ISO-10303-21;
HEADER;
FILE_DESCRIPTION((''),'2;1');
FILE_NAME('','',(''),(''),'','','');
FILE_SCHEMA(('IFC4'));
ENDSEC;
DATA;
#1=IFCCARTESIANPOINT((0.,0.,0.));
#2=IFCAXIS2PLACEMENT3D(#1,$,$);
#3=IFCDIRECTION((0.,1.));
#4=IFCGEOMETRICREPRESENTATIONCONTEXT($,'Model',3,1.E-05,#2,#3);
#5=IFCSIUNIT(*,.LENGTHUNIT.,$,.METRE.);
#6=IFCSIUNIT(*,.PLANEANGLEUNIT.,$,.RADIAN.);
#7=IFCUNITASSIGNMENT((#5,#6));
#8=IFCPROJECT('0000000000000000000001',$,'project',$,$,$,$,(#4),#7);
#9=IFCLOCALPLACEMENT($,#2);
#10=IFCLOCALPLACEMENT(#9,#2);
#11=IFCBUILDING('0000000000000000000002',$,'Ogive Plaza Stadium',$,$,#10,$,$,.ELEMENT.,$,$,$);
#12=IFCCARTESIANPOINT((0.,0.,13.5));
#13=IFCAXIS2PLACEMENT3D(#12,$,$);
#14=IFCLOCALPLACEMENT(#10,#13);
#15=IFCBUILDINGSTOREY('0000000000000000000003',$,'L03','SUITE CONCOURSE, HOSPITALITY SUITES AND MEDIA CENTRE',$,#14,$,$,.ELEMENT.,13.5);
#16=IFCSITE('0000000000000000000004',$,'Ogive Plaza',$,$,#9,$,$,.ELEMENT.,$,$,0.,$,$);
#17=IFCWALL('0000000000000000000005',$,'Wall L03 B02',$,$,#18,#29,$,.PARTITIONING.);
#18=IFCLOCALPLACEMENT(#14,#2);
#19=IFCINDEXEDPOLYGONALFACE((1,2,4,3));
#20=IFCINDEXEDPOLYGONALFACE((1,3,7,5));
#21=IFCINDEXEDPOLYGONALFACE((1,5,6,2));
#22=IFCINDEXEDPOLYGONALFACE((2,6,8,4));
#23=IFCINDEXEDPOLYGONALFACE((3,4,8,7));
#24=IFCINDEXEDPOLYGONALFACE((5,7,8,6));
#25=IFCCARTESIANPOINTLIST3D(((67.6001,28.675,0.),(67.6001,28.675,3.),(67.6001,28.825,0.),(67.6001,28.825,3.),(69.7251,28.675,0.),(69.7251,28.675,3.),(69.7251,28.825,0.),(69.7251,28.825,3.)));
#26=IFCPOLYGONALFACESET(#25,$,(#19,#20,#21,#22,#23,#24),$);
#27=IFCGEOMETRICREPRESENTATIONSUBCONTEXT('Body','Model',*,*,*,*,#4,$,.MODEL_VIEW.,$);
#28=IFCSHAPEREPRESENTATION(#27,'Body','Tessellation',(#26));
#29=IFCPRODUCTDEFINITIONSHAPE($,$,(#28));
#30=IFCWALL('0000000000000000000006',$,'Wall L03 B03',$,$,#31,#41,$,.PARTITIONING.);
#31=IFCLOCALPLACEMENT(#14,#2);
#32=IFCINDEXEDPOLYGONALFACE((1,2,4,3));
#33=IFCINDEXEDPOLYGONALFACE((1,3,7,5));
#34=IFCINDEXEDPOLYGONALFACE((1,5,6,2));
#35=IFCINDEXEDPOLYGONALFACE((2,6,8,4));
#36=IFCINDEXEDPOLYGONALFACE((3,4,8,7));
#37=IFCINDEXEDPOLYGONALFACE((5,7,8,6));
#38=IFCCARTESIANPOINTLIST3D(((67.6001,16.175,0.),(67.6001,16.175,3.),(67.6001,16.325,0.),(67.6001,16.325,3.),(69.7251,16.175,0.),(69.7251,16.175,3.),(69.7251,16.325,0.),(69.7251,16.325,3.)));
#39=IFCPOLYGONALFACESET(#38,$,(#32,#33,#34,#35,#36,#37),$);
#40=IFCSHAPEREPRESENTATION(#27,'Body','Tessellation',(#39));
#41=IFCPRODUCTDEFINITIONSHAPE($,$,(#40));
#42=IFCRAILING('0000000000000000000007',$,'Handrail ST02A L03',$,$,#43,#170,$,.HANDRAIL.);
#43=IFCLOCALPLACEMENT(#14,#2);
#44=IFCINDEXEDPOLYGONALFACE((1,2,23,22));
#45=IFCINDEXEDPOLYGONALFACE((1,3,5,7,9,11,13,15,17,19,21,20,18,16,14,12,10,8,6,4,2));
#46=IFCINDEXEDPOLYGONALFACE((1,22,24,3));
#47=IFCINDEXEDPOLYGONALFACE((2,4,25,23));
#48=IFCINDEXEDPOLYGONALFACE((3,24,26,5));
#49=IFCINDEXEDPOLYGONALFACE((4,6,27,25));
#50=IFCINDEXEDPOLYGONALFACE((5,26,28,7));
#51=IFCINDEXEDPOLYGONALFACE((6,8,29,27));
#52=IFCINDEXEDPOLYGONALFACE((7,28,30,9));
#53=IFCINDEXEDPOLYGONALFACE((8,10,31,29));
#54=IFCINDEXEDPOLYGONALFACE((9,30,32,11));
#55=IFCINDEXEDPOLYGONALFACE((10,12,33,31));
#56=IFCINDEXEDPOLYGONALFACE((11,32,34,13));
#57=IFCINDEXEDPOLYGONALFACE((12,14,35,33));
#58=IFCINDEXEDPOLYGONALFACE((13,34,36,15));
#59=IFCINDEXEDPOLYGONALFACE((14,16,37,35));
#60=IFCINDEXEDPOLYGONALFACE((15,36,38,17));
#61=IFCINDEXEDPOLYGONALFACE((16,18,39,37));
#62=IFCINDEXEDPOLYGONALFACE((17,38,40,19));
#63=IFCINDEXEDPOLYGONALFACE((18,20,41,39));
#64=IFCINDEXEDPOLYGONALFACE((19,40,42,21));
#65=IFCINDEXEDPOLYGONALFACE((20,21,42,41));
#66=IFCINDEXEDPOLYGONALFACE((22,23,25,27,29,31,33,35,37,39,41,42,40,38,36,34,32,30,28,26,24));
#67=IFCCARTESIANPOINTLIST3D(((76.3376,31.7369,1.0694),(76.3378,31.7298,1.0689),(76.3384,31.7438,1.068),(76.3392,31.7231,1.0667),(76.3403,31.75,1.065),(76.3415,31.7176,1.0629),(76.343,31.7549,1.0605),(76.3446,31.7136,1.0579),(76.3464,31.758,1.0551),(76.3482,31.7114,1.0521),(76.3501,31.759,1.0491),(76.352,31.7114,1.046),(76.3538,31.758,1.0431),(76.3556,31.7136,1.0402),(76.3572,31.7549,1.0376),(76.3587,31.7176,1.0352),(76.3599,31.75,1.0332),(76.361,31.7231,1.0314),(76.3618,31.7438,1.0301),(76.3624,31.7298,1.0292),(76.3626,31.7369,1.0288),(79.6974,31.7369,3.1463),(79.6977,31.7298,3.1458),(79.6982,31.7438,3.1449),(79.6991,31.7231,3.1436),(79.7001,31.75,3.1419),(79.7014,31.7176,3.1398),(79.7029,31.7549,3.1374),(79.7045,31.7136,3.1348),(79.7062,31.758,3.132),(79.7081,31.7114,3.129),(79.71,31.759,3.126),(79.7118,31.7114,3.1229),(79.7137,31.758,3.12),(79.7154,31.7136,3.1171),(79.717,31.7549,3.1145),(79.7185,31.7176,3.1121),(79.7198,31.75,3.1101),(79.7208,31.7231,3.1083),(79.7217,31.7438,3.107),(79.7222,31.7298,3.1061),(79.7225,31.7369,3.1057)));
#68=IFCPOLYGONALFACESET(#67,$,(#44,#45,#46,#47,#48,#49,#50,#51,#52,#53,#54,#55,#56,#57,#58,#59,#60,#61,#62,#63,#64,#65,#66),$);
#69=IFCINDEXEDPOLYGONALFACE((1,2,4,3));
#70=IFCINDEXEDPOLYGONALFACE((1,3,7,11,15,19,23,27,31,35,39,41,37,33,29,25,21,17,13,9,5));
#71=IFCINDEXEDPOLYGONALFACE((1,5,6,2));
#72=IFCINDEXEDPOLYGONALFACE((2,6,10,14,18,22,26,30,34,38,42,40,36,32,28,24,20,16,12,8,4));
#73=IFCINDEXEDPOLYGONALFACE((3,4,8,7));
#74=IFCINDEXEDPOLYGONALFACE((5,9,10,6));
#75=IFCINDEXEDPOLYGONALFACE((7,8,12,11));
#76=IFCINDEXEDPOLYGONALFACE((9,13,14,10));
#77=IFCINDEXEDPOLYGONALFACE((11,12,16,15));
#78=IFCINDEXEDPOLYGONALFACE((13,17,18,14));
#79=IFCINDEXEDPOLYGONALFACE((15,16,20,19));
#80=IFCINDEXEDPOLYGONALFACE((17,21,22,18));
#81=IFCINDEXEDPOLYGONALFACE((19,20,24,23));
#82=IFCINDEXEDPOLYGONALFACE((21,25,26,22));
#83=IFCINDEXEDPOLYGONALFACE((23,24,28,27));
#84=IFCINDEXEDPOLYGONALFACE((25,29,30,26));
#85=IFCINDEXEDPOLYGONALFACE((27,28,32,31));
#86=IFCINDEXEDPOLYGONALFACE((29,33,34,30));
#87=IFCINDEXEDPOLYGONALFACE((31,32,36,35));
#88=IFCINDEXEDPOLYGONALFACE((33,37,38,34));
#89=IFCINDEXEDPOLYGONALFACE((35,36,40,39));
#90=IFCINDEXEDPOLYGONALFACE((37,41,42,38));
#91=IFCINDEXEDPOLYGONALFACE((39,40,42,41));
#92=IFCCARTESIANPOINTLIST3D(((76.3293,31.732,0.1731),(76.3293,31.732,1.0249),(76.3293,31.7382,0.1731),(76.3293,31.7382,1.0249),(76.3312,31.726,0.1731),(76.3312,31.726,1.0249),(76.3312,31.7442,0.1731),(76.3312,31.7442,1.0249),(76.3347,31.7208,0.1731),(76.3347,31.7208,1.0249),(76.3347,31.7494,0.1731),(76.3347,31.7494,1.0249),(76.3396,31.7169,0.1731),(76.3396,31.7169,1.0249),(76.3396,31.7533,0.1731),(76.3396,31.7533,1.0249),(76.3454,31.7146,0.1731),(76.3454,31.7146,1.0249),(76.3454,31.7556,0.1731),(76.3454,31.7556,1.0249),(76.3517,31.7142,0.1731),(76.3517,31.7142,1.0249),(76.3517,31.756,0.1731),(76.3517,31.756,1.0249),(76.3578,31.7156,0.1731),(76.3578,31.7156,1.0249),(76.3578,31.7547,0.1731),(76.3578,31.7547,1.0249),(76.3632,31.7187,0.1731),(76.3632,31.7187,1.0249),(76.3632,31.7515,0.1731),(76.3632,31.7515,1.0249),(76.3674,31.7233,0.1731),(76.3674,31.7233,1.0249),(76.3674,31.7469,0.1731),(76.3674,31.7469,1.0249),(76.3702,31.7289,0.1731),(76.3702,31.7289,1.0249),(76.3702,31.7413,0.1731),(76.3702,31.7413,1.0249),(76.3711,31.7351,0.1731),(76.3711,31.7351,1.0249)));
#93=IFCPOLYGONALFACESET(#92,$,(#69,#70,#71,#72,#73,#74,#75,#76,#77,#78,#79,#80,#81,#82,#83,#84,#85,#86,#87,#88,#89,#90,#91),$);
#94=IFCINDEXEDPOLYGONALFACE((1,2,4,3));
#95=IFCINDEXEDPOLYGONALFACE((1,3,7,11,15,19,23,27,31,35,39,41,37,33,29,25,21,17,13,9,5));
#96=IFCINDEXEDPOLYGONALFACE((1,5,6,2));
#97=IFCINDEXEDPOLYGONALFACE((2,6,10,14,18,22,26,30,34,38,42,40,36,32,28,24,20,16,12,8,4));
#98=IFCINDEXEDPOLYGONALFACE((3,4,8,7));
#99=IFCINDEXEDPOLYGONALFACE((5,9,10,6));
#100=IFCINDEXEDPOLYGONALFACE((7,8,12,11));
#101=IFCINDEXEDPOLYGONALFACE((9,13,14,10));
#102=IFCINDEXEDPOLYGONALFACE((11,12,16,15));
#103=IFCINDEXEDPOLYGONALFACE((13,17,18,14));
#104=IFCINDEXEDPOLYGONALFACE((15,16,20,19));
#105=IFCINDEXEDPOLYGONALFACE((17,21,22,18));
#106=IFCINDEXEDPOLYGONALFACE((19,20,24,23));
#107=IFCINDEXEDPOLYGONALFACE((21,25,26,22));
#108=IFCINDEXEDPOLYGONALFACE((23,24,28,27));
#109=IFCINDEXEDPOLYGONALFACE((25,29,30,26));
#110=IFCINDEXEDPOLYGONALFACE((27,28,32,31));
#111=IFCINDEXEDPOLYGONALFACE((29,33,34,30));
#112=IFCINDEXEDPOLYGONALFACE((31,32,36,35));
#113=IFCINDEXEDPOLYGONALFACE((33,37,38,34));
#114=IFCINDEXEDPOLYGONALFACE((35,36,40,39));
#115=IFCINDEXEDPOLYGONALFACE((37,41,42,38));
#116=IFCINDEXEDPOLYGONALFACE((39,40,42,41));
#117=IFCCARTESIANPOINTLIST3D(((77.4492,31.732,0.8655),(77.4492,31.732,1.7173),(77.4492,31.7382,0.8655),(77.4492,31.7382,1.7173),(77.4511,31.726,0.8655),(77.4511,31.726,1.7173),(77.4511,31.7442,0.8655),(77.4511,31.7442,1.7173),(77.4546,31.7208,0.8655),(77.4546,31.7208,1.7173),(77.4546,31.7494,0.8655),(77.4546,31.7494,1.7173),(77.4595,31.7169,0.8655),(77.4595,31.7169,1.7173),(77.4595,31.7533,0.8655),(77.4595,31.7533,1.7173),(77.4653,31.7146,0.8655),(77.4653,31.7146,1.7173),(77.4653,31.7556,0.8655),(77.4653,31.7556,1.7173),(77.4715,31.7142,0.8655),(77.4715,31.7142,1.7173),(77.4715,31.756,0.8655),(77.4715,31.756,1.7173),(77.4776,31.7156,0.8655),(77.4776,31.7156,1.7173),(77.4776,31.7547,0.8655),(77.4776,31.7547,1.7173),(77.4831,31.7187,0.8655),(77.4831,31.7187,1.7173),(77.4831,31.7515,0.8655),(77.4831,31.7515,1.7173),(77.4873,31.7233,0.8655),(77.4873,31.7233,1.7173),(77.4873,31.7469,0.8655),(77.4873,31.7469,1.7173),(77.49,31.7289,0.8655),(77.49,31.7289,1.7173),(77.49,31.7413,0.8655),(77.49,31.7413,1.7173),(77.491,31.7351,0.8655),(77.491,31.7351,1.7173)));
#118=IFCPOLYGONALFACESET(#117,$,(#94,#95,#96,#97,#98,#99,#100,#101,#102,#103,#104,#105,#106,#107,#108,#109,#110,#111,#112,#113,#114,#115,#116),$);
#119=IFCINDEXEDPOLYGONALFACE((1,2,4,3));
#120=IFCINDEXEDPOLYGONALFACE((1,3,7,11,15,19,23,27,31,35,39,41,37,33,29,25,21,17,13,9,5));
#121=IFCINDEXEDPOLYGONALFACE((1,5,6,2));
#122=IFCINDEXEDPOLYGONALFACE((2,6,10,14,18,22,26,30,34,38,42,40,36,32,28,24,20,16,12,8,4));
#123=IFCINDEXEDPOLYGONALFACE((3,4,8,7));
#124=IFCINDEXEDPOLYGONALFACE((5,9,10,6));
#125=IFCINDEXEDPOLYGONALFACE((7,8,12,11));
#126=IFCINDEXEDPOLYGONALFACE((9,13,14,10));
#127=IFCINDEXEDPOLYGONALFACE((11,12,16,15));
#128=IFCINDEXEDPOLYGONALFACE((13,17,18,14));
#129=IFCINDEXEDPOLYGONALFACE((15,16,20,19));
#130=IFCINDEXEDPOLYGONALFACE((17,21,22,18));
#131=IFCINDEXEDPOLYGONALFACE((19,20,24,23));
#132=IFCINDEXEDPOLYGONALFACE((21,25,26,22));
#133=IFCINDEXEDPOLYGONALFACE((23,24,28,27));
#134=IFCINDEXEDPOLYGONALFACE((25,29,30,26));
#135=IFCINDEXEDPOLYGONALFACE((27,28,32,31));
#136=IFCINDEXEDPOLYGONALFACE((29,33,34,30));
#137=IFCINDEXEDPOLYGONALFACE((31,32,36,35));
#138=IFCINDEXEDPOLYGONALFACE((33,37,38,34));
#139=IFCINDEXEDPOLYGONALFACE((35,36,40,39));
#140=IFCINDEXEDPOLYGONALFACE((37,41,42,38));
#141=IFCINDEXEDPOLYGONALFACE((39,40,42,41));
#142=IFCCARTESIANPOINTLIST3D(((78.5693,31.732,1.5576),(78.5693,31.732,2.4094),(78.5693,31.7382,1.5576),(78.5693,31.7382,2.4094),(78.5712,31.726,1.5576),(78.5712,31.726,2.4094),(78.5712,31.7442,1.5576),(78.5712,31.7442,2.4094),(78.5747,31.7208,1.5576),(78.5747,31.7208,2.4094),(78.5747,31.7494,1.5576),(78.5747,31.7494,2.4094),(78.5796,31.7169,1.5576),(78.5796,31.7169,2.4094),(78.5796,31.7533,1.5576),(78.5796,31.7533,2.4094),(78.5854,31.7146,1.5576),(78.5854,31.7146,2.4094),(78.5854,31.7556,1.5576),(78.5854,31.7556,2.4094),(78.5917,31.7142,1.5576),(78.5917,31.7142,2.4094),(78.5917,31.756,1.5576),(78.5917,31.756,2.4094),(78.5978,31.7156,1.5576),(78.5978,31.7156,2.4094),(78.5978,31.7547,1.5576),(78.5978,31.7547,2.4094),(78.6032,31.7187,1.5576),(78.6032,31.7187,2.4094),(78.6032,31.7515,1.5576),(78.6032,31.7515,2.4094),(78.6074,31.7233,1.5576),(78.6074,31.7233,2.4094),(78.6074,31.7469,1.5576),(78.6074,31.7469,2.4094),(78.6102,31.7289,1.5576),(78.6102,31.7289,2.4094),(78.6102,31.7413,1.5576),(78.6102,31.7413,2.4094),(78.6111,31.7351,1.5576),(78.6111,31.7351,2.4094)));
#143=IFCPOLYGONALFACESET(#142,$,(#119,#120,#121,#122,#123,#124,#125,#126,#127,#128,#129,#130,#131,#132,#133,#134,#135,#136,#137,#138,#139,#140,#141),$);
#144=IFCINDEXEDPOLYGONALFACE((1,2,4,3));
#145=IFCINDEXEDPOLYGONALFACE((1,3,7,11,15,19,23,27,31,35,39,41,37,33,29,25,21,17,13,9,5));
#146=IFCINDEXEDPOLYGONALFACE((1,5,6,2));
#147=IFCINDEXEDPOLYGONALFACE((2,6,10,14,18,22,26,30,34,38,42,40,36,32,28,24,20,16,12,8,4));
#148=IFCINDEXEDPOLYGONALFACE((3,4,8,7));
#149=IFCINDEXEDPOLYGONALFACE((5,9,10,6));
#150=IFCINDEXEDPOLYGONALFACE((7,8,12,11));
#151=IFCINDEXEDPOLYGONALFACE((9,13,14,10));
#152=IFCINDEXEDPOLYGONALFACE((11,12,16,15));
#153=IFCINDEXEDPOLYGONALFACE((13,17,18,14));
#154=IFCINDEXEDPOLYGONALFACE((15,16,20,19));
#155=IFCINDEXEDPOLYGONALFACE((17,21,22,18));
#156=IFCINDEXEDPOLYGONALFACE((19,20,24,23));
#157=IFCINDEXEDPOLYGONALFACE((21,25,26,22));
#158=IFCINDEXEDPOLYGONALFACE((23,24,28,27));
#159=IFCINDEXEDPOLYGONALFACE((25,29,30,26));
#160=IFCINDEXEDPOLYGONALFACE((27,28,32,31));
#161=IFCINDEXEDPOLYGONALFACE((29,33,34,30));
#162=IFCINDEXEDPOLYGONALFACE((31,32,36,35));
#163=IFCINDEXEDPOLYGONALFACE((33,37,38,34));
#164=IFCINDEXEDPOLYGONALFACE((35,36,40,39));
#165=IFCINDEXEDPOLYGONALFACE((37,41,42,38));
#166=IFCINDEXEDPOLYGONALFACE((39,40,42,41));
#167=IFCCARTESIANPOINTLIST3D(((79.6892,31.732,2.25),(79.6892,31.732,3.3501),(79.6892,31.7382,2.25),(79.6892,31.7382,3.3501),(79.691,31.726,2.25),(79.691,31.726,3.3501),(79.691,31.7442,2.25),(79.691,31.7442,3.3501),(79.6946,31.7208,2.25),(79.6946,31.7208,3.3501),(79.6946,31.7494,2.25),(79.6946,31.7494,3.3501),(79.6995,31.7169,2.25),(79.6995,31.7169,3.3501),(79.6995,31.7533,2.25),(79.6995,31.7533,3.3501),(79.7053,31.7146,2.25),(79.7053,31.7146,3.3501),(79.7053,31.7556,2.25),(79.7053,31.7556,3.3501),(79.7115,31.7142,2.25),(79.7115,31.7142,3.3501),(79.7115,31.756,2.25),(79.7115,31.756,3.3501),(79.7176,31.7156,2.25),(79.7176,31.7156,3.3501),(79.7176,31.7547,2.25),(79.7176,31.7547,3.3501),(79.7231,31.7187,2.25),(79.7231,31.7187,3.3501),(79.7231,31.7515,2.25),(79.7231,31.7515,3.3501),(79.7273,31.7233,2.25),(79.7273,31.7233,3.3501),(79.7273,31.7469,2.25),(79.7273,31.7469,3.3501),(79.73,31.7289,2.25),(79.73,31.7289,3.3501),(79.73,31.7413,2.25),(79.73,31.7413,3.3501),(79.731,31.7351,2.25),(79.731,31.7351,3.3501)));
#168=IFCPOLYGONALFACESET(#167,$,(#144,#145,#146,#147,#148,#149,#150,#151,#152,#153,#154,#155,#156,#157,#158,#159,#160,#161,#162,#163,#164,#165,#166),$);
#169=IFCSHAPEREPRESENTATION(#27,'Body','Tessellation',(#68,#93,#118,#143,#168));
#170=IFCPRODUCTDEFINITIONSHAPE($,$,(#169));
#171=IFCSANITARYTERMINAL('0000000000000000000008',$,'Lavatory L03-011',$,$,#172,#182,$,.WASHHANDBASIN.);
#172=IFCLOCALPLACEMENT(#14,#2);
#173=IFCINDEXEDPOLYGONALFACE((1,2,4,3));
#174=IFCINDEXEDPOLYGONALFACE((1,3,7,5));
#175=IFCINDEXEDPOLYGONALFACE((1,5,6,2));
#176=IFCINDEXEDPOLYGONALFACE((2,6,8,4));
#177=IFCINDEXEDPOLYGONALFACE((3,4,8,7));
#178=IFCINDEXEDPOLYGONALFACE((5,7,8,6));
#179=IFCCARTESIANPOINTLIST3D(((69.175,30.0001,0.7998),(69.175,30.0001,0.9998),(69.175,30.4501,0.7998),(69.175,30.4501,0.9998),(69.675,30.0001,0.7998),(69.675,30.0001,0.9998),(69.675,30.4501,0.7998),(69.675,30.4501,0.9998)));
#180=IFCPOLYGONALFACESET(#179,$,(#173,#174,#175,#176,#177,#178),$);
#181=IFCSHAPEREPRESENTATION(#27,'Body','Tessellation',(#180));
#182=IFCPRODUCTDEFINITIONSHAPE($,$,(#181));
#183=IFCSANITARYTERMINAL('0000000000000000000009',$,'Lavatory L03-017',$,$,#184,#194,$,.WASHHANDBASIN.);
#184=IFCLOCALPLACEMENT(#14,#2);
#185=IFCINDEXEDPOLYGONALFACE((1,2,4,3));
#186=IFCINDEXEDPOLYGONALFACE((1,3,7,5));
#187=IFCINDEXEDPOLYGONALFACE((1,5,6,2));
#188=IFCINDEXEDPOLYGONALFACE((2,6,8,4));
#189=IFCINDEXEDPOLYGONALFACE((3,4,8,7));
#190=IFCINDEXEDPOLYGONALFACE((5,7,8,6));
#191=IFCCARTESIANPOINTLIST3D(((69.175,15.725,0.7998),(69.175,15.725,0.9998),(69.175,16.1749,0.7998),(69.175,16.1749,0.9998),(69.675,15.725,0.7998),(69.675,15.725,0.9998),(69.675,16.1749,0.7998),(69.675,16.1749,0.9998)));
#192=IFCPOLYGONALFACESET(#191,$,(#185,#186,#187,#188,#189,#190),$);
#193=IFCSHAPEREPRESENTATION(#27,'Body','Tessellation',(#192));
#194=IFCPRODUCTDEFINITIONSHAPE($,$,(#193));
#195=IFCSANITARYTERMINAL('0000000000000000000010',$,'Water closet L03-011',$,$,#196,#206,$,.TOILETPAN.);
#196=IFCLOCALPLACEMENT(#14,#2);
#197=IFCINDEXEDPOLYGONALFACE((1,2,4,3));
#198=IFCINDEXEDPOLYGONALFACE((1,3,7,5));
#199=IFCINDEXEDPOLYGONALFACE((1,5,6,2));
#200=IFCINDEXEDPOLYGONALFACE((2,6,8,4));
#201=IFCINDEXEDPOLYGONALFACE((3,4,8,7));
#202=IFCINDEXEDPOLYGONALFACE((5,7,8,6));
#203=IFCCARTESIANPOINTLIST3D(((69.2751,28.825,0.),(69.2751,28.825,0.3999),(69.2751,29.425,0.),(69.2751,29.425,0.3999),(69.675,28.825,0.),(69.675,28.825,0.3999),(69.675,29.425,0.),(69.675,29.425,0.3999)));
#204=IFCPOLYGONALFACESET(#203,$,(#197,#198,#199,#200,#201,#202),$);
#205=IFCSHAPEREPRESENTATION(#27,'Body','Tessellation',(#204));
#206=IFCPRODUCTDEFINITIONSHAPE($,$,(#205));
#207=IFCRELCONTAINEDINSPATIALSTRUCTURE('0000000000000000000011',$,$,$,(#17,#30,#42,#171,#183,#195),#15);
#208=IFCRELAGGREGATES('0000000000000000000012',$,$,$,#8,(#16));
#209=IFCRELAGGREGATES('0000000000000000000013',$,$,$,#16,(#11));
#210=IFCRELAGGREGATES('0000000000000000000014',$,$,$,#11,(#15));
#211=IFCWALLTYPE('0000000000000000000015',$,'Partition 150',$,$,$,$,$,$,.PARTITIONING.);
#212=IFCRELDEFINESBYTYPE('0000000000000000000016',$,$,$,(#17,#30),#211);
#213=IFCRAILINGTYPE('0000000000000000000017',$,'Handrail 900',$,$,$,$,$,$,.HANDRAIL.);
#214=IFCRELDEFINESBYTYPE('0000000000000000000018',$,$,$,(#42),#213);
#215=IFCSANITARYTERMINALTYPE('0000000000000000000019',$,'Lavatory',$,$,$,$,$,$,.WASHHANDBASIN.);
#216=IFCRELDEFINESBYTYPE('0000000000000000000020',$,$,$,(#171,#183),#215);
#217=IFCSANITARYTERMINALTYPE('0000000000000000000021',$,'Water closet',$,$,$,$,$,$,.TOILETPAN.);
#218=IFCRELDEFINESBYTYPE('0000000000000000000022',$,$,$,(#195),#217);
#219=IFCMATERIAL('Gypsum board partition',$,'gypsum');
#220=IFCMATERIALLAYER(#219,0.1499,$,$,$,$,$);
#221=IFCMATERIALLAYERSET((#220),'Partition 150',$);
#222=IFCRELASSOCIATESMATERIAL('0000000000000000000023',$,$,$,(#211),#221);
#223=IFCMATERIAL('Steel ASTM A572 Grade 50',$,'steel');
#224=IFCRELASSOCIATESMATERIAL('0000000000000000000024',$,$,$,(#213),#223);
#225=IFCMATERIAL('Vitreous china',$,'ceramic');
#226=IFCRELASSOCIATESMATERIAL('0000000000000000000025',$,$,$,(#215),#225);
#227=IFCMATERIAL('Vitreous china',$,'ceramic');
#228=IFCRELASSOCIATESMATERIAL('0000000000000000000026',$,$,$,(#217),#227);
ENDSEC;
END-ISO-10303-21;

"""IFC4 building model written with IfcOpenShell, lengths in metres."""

from ifc_helpers import new_model, si_unit, direction, frame, frame_2d, origin, origin_2d, place, context, subcontext, project, spatial, rectangle, circle, extrude, material, layer, layer_set, type_object, element, save


model = new_model("IFC4")

# Units and contexts
model_context = context("Model", 3, precision=1e-05, world=origin(), true_north=direction((0.0, 1.0)))
body_context = subcontext(model_context, "Body", "Model", "MODEL_VIEW")
ifc_project = project(units=[si_unit("LENGTHUNIT", "METRE"), si_unit("PLANEANGLEUNIT", "RADIAN")], contexts=[model_context])

# Site, building, storey
site_placement = place(None, origin())
site = spatial("IfcSite", under=ifc_project, at=site_placement, Name="Ogive Plaza", CompositionType="ELEMENT", RefElevation=0.0)
building_placement = place(site_placement, origin())
building = spatial("IfcBuilding", under=site, at=building_placement, Name="Ogive Plaza Stadium", CompositionType="ELEMENT")
storey_placement = place(building_placement, frame((0.0, 0.0, 13.5)))
storey = spatial("IfcBuildingStorey", under=building, at=storey_placement, Name="L03", Description="SUITE CONCOURSE, HOSPITALITY SUITES AND MEDIA CENTRE", CompositionType="ELEMENT", Elevation=13.5)

# Shared definitions
ifc_material_1 = material(Name="Gypsum board partition", Category="gypsum")
ifc_layer_1 = layer(ifc_material_1, 0.1499)
ifc_layer_set_1 = layer_set([ifc_layer_1], Name="Partition 150")
wall_type_1 = type_object("IfcWallType", Name="Partition 150", PredefinedType="PARTITIONING", material=ifc_layer_set_1)

# Walls
for number, where, z_axis, x_axis, name in (
    (1, (67.6001, 28.75, 0.0), (0.0, 0.0, 1.0), (1.0, 0.0, 0.0), "Wall L03 B02"),
    (2, (67.6001, 16.25, 0.0), (0.0, 0.0, 1.0), (1.0, 0.0, 0.0), "Wall L03 B03"),
):
    element("IfcWall", number, at=place(storey_placement, frame(where, z_axis=z_axis, x_axis=x_axis)), inside=storey, type_object=wall_type_1, Name=name, PredefinedType="PARTITIONING", context=body_context, shape_type="SweptSolid", body=[
        extrude(rectangle(XDim=2.125, YDim=0.1499, at=frame_2d((1.0625, 0.0))), origin(), (0.0, 0.0, 1.0), 3.0),
    ])

# Railing
ifc_material_2 = material(Name="Steel ASTM A572 Grade 50", Category="steel")
railing_type = type_object("IfcRailingType", Name="Handrail 900", PredefinedType="HANDRAIL", material=ifc_material_2)
railing_placement = place(storey_placement, frame((76.3501, 31.7351, 0.1731)))
element("IfcRailing", 3, at=railing_placement, inside=storey, type_object=railing_type, Name="Handrail ST02A L03", PredefinedType="HANDRAIL", context=body_context, shape_type="SweptSolid", body=[
    extrude(circle(Radius=0.0239, at=origin_2d()), frame((0.0, 0.0, 0.876), z_axis=(0.850606, 0.0, 0.525803), x_axis=(0.0, 1.0, 0.0)), (0.0, 0.0, 1.0), 3.95),
    extrude(circle(Radius=0.021, at=origin_2d()), origin(), (0.0, 0.0, 1.0), 0.8518),
    extrude(circle(Radius=0.021, at=origin_2d()), frame((1.1199, 0.0, 0.6924)), (0.0, 0.0, 1.0), 0.8518),
    extrude(circle(Radius=0.021, at=origin_2d()), frame((2.24, 0.0, 1.3845)), (0.0, 0.0, 1.0), 0.8518),
    extrude(circle(Radius=0.021, at=origin_2d()), frame((3.3599, 0.0, 2.0769)), (0.0, 0.0, 1.0), 1.1001),
])

# Sanitary terminals
ifc_material_3 = material(Name="Vitreous china", Category="ceramic")
sanitary_terminal_type_1 = type_object("IfcSanitaryTerminalType", Name="Lavatory", PredefinedType="WASHHANDBASIN", material=ifc_material_3)
for number, where, z_axis, x_axis, name in (
    (4, (69.425, 30.2251, 0.7998), (0.0, 0.0, 1.0), (-1.0, 0.0, 0.0), "Lavatory L03-011"),
    (5, (69.425, 15.95, 0.7998), (0.0, 0.0, 1.0), (-1.0, 0.0, 0.0), "Lavatory L03-017"),
):
    element("IfcSanitaryTerminal", number, at=place(storey_placement, frame(where, z_axis=z_axis, x_axis=x_axis)), inside=storey, type_object=sanitary_terminal_type_1, Name=name, PredefinedType="WASHHANDBASIN", context=body_context, shape_type="SweptSolid", body=[
        extrude(rectangle(XDim=0.5, YDim=0.45, at=origin_2d()), origin(), (0.0, 0.0, 1.0), 0.2),
    ])
ifc_material_4 = material(Name="Vitreous china", Category="ceramic")
sanitary_terminal_type_2 = type_object("IfcSanitaryTerminalType", Name="Water closet", PredefinedType="TOILETPAN", material=ifc_material_4)
sanitary_terminal_placement = place(storey_placement, frame((69.4751, 29.125, 0.0), z_axis=(0.0, 0.0, 1.0), x_axis=(-1.0, 0.0, 0.0)))
element("IfcSanitaryTerminal", 6, at=sanitary_terminal_placement, inside=storey, type_object=sanitary_terminal_type_2, Name="Water closet L03-011", PredefinedType="TOILETPAN", context=body_context, shape_type="SweptSolid", body=[
    extrude(rectangle(XDim=0.3999, YDim=0.6001, at=origin_2d()), origin(), (0.0, 0.0, 1.0), 0.3999),
])

save(model, "model.ifc")
